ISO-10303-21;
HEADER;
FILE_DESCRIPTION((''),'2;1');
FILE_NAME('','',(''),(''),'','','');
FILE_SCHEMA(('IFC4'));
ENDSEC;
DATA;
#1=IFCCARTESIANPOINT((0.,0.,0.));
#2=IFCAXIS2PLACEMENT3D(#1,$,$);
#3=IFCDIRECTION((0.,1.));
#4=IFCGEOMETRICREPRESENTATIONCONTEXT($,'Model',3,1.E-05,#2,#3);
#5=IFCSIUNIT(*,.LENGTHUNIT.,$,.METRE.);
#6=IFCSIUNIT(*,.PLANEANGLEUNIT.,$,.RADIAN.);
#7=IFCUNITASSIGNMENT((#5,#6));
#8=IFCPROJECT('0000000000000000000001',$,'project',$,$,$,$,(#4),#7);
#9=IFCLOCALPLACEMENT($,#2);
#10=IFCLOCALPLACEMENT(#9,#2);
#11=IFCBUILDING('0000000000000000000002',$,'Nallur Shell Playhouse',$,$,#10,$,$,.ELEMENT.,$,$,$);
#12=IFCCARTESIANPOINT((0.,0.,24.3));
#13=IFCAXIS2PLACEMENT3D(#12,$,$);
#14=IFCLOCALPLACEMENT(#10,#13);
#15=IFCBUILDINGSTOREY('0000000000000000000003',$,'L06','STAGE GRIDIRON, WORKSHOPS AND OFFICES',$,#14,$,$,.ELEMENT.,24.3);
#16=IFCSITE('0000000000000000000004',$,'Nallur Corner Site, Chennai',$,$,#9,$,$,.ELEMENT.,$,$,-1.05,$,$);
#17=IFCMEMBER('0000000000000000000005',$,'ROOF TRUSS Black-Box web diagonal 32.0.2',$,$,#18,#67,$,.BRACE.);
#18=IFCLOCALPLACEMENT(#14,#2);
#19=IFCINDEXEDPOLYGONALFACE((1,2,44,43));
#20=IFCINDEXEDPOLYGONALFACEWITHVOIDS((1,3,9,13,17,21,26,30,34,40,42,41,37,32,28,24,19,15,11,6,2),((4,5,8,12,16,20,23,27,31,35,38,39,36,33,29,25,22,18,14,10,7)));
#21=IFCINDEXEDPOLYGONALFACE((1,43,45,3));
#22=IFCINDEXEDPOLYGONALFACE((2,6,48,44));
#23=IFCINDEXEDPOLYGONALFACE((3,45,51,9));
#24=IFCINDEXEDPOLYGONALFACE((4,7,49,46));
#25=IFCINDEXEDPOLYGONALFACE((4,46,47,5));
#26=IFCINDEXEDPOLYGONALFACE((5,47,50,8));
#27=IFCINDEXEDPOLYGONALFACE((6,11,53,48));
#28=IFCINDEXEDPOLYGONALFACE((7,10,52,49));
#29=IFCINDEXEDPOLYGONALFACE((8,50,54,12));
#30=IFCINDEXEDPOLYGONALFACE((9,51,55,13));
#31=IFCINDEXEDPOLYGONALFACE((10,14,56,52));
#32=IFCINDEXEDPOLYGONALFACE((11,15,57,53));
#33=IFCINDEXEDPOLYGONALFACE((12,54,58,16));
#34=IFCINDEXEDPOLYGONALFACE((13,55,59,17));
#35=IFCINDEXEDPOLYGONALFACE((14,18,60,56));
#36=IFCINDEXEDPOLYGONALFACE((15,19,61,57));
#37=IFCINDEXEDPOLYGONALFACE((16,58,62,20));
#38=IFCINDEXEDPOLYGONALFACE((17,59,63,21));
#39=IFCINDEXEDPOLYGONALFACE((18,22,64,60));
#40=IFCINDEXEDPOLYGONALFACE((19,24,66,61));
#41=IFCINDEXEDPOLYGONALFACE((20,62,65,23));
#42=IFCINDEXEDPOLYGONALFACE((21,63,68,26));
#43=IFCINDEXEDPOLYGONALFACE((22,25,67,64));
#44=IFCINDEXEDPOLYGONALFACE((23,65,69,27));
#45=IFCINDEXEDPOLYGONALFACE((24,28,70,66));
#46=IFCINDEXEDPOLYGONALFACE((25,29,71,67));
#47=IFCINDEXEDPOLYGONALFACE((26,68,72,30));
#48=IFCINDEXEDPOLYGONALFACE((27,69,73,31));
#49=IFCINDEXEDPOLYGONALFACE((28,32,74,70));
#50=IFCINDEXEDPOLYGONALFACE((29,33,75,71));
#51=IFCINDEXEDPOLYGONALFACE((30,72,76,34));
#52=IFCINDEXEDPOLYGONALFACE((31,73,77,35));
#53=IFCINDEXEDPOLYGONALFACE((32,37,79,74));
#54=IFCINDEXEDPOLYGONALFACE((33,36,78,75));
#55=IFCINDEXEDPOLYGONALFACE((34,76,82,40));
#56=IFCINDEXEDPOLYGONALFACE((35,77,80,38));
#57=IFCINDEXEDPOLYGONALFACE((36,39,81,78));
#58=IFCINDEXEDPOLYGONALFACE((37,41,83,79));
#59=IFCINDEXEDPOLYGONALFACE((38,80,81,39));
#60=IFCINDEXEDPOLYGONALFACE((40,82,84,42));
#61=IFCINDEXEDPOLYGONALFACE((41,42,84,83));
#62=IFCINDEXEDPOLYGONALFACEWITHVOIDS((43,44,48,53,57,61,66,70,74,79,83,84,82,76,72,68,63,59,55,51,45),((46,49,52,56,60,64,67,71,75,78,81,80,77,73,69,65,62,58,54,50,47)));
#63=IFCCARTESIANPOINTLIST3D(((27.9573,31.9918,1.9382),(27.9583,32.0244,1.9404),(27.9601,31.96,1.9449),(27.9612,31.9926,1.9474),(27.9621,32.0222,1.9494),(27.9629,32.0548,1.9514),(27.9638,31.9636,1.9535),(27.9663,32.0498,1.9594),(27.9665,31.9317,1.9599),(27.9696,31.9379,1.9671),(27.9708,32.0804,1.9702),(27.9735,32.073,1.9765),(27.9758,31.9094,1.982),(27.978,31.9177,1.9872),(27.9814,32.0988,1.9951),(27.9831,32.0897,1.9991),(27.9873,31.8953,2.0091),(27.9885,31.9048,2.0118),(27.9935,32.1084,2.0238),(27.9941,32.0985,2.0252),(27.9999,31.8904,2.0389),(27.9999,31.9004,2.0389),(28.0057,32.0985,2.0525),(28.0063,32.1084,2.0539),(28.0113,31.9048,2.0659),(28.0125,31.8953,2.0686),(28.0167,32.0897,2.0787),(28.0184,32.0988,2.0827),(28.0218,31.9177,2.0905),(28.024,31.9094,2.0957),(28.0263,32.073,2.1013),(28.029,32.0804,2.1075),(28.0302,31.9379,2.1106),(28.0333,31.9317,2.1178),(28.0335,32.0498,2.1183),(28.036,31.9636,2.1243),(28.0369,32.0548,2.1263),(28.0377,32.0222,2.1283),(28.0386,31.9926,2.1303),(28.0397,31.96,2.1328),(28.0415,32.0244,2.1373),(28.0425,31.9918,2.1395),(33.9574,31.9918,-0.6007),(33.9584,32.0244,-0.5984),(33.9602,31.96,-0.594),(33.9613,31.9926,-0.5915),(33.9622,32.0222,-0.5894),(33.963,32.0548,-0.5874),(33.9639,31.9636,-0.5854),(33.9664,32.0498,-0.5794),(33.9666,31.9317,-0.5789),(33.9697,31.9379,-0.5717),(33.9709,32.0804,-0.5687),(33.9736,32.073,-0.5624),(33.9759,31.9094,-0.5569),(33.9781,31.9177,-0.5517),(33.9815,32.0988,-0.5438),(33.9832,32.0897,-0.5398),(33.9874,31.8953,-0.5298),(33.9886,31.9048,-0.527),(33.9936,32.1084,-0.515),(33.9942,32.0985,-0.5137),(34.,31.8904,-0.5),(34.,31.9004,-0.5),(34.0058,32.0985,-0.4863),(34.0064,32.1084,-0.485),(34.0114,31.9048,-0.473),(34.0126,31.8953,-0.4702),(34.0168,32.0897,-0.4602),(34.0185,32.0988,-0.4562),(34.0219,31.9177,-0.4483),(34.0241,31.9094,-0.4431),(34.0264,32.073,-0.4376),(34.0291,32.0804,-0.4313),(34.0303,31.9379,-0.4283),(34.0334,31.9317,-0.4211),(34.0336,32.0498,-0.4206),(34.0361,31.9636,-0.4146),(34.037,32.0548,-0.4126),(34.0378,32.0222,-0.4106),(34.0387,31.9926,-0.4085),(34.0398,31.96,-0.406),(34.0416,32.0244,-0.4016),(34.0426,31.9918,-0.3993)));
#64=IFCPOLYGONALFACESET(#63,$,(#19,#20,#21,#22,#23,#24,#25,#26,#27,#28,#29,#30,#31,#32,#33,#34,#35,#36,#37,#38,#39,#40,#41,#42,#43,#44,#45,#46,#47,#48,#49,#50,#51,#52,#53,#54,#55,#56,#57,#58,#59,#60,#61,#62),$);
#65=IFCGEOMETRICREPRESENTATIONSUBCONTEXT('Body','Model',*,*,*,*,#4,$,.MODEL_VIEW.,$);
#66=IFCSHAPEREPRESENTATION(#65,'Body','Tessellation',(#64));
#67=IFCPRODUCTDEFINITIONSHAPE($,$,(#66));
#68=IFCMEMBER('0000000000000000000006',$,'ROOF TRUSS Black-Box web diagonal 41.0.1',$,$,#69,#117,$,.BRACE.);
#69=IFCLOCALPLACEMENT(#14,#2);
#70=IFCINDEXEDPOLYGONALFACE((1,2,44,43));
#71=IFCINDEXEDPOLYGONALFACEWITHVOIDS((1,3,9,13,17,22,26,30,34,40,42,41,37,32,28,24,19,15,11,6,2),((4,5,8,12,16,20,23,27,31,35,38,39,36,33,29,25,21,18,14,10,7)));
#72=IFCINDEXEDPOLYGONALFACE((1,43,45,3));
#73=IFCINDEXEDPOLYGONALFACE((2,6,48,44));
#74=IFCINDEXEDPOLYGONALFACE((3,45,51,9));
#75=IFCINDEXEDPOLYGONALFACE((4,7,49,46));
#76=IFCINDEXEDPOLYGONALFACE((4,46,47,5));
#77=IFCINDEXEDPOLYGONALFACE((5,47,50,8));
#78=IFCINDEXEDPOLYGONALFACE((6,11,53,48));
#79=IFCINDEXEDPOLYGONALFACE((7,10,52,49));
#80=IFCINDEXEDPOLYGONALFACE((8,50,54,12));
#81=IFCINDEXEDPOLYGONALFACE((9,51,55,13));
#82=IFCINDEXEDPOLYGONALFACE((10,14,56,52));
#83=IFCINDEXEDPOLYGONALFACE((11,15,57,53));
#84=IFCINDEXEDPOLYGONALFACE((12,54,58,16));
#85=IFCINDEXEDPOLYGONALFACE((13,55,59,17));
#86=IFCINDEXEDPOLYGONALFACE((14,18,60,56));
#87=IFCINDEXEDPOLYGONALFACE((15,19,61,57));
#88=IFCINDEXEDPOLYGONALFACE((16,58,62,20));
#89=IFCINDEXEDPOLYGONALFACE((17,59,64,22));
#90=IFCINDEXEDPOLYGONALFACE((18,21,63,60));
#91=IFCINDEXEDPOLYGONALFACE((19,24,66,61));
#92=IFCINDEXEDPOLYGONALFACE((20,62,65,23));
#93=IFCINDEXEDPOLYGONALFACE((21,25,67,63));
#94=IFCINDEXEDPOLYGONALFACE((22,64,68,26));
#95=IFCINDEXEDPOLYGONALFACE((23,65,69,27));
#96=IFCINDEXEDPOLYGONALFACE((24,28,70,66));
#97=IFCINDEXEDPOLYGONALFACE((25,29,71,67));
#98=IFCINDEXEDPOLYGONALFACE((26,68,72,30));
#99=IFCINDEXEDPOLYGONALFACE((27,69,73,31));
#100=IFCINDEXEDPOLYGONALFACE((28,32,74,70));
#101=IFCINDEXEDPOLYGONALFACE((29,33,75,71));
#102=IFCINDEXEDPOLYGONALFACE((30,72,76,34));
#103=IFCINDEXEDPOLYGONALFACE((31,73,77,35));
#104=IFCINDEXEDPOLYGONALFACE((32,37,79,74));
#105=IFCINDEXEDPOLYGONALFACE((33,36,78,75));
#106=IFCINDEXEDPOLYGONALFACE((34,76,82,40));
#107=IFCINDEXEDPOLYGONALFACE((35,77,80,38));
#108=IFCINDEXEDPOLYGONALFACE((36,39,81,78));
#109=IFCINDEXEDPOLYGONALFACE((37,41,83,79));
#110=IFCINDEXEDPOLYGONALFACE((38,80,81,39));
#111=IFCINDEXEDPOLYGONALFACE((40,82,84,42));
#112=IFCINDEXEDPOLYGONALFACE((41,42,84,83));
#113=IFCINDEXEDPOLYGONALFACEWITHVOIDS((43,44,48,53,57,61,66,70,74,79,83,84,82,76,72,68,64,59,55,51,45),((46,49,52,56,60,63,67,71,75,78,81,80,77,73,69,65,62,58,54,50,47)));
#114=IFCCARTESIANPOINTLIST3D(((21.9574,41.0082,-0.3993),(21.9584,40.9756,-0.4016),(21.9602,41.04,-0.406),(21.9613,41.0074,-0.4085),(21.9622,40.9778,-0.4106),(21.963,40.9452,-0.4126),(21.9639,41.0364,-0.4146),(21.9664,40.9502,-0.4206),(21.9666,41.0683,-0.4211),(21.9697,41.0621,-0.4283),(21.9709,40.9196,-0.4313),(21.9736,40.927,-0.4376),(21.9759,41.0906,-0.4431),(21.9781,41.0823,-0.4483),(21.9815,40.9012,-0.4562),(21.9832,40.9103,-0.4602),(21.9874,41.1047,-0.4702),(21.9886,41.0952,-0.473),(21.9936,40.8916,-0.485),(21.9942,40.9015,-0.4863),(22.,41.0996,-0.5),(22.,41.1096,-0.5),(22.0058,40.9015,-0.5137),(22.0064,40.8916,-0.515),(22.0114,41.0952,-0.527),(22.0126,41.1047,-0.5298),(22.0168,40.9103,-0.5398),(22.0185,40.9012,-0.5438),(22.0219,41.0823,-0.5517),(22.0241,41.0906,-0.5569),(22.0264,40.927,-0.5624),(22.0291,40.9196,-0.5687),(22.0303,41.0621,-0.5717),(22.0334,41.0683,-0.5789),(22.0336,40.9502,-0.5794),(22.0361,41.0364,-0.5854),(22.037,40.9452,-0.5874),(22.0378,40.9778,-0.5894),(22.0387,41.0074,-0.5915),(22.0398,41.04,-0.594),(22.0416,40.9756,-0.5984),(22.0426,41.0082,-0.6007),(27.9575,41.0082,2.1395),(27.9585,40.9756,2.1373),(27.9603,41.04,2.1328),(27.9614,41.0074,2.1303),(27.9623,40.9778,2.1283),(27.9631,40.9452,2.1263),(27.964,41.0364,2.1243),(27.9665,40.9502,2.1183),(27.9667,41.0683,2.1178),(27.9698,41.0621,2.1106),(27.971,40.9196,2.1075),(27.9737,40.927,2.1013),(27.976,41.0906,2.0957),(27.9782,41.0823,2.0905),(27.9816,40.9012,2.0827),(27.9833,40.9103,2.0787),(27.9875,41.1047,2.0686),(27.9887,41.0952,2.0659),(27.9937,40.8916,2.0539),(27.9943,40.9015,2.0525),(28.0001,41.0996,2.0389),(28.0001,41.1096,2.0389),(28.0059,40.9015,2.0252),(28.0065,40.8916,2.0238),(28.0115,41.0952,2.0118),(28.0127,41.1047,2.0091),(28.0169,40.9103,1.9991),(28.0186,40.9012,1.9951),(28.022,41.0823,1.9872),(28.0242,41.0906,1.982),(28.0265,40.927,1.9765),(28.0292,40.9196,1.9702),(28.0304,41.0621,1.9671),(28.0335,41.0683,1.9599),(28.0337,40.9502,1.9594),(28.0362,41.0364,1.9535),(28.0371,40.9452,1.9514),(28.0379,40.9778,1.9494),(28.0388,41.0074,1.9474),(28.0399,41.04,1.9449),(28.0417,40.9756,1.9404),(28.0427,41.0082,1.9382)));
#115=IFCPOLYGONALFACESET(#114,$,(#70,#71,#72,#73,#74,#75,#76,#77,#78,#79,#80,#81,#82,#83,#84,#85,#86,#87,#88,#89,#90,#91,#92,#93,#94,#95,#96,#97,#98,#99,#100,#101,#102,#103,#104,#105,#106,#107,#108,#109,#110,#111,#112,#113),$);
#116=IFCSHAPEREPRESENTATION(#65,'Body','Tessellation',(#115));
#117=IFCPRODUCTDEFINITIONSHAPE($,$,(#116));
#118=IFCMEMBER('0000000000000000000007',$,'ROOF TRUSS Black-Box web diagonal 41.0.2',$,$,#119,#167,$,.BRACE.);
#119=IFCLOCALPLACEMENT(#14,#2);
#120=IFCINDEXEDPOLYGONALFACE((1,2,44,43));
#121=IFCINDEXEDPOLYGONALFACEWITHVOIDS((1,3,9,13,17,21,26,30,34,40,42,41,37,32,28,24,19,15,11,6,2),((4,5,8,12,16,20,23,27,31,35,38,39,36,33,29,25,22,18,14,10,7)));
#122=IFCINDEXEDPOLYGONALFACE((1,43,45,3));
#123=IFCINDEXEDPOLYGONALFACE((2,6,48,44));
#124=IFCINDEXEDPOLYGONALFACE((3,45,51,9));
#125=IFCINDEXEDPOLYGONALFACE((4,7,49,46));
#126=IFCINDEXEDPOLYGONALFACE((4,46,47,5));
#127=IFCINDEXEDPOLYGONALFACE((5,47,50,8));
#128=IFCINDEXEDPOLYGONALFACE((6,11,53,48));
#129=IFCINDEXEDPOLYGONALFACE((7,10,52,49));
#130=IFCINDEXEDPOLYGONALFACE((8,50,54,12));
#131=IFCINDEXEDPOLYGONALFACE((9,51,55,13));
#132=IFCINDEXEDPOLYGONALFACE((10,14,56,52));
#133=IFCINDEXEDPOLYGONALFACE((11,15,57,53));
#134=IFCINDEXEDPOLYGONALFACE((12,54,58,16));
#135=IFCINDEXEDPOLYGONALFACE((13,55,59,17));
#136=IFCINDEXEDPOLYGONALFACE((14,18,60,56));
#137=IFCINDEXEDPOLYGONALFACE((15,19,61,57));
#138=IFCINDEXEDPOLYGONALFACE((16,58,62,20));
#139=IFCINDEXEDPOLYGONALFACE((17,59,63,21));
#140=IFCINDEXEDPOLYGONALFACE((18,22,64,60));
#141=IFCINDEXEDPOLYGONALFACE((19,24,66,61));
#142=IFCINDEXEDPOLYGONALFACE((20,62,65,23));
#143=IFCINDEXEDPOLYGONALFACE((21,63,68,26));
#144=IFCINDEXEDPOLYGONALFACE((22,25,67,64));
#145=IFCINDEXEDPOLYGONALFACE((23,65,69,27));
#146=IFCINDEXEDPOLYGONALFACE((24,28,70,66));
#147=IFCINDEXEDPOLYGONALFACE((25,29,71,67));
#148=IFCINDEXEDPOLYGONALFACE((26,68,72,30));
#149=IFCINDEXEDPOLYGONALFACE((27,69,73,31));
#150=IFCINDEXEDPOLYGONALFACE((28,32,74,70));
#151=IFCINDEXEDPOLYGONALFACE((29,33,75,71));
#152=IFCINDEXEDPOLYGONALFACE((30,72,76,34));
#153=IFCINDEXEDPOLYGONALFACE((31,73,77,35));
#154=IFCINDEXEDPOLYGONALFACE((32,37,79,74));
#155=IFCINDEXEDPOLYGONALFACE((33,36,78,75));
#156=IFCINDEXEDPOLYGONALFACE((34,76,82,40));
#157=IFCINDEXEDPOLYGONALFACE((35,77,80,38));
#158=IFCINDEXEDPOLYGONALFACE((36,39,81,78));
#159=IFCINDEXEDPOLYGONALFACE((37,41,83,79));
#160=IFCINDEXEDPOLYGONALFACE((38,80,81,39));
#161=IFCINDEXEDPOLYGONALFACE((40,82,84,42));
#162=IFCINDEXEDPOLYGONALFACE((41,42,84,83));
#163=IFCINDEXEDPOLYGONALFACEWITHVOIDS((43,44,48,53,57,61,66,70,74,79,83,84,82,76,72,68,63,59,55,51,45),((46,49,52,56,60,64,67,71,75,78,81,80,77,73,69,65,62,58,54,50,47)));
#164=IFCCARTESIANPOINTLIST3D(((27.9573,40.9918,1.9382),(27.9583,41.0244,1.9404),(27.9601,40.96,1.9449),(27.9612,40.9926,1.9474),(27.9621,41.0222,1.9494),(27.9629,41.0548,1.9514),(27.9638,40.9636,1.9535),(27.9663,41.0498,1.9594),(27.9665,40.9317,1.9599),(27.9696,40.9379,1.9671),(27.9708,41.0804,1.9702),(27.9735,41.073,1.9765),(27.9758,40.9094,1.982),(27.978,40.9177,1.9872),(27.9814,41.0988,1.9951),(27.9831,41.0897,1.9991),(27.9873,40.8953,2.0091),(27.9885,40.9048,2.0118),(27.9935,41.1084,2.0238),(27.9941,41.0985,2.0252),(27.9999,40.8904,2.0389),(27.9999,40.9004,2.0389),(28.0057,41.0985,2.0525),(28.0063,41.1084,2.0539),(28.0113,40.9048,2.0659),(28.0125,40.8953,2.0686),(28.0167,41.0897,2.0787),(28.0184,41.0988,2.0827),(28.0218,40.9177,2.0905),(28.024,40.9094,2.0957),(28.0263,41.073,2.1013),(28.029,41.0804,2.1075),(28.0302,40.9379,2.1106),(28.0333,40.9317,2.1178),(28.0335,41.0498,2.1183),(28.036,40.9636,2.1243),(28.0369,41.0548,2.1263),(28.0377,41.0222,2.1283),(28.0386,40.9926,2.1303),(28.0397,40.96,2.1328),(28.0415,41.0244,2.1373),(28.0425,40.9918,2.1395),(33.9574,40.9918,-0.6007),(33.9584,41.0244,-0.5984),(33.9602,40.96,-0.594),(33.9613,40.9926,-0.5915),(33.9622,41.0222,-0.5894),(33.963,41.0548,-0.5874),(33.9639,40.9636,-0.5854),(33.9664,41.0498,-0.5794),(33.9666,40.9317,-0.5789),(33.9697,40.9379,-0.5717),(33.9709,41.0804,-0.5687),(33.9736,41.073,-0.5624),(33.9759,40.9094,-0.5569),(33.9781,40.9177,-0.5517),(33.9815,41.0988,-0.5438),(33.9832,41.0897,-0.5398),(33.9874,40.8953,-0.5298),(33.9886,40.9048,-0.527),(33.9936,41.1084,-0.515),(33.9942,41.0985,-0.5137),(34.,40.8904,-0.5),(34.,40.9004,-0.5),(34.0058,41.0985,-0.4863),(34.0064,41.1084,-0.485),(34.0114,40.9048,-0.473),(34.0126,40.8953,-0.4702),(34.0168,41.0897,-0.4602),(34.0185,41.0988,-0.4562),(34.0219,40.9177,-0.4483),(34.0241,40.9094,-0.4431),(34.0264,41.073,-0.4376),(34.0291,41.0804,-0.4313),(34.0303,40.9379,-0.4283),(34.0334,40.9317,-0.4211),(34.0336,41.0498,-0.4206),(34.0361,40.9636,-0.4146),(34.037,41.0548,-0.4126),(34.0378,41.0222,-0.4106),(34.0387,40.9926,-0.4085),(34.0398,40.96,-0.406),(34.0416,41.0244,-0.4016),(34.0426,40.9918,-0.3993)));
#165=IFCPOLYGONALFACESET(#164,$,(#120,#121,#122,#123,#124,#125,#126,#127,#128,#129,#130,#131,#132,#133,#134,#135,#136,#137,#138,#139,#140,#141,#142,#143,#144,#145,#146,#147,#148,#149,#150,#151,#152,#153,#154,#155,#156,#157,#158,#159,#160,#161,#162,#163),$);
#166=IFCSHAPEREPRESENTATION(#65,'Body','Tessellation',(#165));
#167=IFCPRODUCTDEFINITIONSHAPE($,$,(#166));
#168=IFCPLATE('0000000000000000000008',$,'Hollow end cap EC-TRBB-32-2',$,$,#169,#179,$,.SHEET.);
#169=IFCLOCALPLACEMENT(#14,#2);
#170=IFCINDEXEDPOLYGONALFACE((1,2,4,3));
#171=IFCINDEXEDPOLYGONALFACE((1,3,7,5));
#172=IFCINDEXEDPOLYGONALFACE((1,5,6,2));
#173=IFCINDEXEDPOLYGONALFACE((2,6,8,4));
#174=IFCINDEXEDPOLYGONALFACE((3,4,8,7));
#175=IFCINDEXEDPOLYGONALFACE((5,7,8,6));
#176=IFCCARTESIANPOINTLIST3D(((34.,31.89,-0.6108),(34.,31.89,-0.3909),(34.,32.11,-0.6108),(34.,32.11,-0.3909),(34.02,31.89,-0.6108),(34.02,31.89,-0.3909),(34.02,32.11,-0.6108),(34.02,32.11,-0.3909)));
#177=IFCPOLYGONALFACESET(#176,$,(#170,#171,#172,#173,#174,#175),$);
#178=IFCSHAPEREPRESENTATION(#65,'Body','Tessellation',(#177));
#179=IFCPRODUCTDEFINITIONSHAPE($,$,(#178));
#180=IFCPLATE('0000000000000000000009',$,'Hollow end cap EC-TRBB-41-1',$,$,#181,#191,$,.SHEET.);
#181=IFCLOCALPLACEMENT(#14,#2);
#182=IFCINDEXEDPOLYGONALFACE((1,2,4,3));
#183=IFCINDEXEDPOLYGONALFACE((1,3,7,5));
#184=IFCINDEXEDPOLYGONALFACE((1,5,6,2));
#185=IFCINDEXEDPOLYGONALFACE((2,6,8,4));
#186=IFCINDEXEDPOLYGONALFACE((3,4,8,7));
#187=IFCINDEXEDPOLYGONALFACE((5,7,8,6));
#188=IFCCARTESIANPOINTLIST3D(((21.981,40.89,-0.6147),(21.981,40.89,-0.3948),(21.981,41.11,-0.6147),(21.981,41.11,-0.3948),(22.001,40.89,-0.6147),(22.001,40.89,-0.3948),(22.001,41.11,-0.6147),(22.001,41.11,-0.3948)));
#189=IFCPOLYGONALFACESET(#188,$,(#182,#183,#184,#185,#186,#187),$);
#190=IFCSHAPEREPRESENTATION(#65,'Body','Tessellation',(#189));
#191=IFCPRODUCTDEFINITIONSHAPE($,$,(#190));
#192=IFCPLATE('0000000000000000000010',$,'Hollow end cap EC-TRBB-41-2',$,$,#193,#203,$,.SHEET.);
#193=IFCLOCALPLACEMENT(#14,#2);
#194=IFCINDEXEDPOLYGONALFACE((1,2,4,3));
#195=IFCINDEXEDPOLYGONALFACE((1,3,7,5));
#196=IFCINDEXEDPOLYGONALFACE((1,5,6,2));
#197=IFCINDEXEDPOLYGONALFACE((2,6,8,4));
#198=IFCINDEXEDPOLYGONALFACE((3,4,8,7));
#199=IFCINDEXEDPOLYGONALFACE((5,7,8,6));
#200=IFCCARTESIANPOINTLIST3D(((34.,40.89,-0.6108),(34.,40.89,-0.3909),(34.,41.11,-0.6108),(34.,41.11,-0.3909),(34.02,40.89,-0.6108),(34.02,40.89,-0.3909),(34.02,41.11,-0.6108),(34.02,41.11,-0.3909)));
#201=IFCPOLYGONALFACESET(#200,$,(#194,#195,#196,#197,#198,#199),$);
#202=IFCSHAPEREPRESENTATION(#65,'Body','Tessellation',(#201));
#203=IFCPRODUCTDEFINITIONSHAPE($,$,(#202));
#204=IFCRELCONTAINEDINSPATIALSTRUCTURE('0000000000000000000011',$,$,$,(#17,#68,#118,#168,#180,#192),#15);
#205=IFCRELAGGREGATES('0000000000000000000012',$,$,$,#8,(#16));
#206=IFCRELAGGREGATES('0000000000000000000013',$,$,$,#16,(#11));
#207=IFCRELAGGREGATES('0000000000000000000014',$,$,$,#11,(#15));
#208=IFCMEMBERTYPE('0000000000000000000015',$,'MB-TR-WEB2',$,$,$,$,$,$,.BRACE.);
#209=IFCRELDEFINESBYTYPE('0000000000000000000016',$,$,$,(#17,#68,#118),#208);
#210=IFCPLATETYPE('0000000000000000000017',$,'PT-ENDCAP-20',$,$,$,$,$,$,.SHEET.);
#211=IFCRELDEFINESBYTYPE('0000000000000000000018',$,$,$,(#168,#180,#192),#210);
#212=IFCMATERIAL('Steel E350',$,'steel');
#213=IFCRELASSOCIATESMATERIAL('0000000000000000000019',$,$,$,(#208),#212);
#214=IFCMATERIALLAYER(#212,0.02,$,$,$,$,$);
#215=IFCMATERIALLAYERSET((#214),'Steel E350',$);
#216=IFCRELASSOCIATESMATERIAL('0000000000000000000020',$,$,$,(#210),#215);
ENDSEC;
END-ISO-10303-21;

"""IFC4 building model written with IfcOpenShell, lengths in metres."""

from ifc_helpers import new_model, si_unit, direction, frame, origin, origin_2d, place, context, subcontext, project, spatial, rectangle, hollow_circle, extrude, material, layer, layer_set, material_profile, profile_set, type_object, element, save


model = new_model("IFC4")

# Units and contexts
model_context = context("Model", 3, precision=1e-05, world=origin(), true_north=direction((0.0, 1.0)))
body_context = subcontext(model_context, "Body", "Model", "MODEL_VIEW")
ifc_project = project(units=[si_unit("LENGTHUNIT", "METRE"), si_unit("PLANEANGLEUNIT", "RADIAN")], contexts=[model_context])

# Site, building, storey
site_placement = place(None, origin())
site = spatial("IfcSite", under=ifc_project, at=site_placement, Name="Nallur Corner Site, Chennai", CompositionType="ELEMENT", RefElevation=-1.05)
building_placement = place(site_placement, origin())
building = spatial("IfcBuilding", under=site, at=building_placement, Name="Nallur Shell Playhouse", CompositionType="ELEMENT")
storey_placement = place(building_placement, frame((0.0, 0.0, 24.3)))
storey = spatial("IfcBuildingStorey", under=building, at=storey_placement, Name="L06", Description="STAGE GRIDIRON, WORKSHOPS AND OFFICES", CompositionType="ELEMENT", Elevation=24.3)

# Shared definitions
ifc_material_1 = material(Name="Steel E350", Category="steel")

# Members
ifc_material_profile_1 = material_profile(ifc_material_1, hollow_circle(Radius=0.1096, WallThickness=0.01, at=origin_2d()), Name="CHS 219.1x10")
ifc_profile_set_1 = profile_set([ifc_material_profile_1], Name="Steel E350")
member_type_1 = type_object("IfcMemberType", Name="MB-TR-WEB2", PredefinedType="BRACE", material=ifc_profile_set_1)
for number, where, z_axis, x_axis, name in (
    (1, (34.0, 32.0, -0.5), (-0.920948, 0.0, 0.389686), (0.0, -1.0, 0.0), "ROOF TRUSS Black-Box web diagonal 32.0.2"),
    (2, (22.0, 41.0, -0.5), (0.920948, 0.0, 0.389686), (0.0, 1.0, 0.0), "ROOF TRUSS Black-Box web diagonal 41.0.1"),
    (3, (34.0, 41.0, -0.5), (-0.920948, 0.0, 0.389686), (0.0, -1.0, 0.0), "ROOF TRUSS Black-Box web diagonal 41.0.2"),
):
    element("IfcMember", number, at=place(storey_placement, frame(where, z_axis=z_axis, x_axis=x_axis)), inside=storey, type_object=member_type_1, Name=name, PredefinedType="BRACE", context=body_context, shape_type="SweptSolid", body=[
        extrude(hollow_circle(Radius=0.1096, WallThickness=0.01, at=origin_2d()), origin(), (0.0, 0.0, 1.0), 6.5151),
    ])

# Plates
ifc_layer_1 = layer(ifc_material_1, 0.02)
ifc_layer_set_1 = layer_set([ifc_layer_1], Name="Steel E350")
plate_type_1 = type_object("IfcPlateType", Name="PT-ENDCAP-20", PredefinedType="SHEET", material=ifc_layer_set_1)
for number, where, z_axis, x_axis, name in (
    (4, (34.01, 32.0, -0.6108), (0.0, 0.0, 1.0), (1.0, 0.0, 0.0), "Hollow end cap EC-TRBB-32-2"),
    (5, (21.991, 41.0, -0.6147), (0.0, 0.0, 1.0), (1.0, 0.0, 0.0), "Hollow end cap EC-TRBB-41-1"),
    (6, (34.01, 41.0, -0.6108), (0.0, 0.0, 1.0), (1.0, 0.0, 0.0), "Hollow end cap EC-TRBB-41-2"),
):
    element("IfcPlate", number, at=place(storey_placement, frame(where, z_axis=z_axis, x_axis=x_axis)), inside=storey, type_object=plate_type_1, Name=name, PredefinedType="SHEET", context=body_context, shape_type="SweptSolid", body=[
        extrude(rectangle(XDim=0.02, YDim=0.22, at=origin_2d()), origin(), (0.0, 0.0, 1.0), 0.22),
    ])

save(model, "model.ifc")
